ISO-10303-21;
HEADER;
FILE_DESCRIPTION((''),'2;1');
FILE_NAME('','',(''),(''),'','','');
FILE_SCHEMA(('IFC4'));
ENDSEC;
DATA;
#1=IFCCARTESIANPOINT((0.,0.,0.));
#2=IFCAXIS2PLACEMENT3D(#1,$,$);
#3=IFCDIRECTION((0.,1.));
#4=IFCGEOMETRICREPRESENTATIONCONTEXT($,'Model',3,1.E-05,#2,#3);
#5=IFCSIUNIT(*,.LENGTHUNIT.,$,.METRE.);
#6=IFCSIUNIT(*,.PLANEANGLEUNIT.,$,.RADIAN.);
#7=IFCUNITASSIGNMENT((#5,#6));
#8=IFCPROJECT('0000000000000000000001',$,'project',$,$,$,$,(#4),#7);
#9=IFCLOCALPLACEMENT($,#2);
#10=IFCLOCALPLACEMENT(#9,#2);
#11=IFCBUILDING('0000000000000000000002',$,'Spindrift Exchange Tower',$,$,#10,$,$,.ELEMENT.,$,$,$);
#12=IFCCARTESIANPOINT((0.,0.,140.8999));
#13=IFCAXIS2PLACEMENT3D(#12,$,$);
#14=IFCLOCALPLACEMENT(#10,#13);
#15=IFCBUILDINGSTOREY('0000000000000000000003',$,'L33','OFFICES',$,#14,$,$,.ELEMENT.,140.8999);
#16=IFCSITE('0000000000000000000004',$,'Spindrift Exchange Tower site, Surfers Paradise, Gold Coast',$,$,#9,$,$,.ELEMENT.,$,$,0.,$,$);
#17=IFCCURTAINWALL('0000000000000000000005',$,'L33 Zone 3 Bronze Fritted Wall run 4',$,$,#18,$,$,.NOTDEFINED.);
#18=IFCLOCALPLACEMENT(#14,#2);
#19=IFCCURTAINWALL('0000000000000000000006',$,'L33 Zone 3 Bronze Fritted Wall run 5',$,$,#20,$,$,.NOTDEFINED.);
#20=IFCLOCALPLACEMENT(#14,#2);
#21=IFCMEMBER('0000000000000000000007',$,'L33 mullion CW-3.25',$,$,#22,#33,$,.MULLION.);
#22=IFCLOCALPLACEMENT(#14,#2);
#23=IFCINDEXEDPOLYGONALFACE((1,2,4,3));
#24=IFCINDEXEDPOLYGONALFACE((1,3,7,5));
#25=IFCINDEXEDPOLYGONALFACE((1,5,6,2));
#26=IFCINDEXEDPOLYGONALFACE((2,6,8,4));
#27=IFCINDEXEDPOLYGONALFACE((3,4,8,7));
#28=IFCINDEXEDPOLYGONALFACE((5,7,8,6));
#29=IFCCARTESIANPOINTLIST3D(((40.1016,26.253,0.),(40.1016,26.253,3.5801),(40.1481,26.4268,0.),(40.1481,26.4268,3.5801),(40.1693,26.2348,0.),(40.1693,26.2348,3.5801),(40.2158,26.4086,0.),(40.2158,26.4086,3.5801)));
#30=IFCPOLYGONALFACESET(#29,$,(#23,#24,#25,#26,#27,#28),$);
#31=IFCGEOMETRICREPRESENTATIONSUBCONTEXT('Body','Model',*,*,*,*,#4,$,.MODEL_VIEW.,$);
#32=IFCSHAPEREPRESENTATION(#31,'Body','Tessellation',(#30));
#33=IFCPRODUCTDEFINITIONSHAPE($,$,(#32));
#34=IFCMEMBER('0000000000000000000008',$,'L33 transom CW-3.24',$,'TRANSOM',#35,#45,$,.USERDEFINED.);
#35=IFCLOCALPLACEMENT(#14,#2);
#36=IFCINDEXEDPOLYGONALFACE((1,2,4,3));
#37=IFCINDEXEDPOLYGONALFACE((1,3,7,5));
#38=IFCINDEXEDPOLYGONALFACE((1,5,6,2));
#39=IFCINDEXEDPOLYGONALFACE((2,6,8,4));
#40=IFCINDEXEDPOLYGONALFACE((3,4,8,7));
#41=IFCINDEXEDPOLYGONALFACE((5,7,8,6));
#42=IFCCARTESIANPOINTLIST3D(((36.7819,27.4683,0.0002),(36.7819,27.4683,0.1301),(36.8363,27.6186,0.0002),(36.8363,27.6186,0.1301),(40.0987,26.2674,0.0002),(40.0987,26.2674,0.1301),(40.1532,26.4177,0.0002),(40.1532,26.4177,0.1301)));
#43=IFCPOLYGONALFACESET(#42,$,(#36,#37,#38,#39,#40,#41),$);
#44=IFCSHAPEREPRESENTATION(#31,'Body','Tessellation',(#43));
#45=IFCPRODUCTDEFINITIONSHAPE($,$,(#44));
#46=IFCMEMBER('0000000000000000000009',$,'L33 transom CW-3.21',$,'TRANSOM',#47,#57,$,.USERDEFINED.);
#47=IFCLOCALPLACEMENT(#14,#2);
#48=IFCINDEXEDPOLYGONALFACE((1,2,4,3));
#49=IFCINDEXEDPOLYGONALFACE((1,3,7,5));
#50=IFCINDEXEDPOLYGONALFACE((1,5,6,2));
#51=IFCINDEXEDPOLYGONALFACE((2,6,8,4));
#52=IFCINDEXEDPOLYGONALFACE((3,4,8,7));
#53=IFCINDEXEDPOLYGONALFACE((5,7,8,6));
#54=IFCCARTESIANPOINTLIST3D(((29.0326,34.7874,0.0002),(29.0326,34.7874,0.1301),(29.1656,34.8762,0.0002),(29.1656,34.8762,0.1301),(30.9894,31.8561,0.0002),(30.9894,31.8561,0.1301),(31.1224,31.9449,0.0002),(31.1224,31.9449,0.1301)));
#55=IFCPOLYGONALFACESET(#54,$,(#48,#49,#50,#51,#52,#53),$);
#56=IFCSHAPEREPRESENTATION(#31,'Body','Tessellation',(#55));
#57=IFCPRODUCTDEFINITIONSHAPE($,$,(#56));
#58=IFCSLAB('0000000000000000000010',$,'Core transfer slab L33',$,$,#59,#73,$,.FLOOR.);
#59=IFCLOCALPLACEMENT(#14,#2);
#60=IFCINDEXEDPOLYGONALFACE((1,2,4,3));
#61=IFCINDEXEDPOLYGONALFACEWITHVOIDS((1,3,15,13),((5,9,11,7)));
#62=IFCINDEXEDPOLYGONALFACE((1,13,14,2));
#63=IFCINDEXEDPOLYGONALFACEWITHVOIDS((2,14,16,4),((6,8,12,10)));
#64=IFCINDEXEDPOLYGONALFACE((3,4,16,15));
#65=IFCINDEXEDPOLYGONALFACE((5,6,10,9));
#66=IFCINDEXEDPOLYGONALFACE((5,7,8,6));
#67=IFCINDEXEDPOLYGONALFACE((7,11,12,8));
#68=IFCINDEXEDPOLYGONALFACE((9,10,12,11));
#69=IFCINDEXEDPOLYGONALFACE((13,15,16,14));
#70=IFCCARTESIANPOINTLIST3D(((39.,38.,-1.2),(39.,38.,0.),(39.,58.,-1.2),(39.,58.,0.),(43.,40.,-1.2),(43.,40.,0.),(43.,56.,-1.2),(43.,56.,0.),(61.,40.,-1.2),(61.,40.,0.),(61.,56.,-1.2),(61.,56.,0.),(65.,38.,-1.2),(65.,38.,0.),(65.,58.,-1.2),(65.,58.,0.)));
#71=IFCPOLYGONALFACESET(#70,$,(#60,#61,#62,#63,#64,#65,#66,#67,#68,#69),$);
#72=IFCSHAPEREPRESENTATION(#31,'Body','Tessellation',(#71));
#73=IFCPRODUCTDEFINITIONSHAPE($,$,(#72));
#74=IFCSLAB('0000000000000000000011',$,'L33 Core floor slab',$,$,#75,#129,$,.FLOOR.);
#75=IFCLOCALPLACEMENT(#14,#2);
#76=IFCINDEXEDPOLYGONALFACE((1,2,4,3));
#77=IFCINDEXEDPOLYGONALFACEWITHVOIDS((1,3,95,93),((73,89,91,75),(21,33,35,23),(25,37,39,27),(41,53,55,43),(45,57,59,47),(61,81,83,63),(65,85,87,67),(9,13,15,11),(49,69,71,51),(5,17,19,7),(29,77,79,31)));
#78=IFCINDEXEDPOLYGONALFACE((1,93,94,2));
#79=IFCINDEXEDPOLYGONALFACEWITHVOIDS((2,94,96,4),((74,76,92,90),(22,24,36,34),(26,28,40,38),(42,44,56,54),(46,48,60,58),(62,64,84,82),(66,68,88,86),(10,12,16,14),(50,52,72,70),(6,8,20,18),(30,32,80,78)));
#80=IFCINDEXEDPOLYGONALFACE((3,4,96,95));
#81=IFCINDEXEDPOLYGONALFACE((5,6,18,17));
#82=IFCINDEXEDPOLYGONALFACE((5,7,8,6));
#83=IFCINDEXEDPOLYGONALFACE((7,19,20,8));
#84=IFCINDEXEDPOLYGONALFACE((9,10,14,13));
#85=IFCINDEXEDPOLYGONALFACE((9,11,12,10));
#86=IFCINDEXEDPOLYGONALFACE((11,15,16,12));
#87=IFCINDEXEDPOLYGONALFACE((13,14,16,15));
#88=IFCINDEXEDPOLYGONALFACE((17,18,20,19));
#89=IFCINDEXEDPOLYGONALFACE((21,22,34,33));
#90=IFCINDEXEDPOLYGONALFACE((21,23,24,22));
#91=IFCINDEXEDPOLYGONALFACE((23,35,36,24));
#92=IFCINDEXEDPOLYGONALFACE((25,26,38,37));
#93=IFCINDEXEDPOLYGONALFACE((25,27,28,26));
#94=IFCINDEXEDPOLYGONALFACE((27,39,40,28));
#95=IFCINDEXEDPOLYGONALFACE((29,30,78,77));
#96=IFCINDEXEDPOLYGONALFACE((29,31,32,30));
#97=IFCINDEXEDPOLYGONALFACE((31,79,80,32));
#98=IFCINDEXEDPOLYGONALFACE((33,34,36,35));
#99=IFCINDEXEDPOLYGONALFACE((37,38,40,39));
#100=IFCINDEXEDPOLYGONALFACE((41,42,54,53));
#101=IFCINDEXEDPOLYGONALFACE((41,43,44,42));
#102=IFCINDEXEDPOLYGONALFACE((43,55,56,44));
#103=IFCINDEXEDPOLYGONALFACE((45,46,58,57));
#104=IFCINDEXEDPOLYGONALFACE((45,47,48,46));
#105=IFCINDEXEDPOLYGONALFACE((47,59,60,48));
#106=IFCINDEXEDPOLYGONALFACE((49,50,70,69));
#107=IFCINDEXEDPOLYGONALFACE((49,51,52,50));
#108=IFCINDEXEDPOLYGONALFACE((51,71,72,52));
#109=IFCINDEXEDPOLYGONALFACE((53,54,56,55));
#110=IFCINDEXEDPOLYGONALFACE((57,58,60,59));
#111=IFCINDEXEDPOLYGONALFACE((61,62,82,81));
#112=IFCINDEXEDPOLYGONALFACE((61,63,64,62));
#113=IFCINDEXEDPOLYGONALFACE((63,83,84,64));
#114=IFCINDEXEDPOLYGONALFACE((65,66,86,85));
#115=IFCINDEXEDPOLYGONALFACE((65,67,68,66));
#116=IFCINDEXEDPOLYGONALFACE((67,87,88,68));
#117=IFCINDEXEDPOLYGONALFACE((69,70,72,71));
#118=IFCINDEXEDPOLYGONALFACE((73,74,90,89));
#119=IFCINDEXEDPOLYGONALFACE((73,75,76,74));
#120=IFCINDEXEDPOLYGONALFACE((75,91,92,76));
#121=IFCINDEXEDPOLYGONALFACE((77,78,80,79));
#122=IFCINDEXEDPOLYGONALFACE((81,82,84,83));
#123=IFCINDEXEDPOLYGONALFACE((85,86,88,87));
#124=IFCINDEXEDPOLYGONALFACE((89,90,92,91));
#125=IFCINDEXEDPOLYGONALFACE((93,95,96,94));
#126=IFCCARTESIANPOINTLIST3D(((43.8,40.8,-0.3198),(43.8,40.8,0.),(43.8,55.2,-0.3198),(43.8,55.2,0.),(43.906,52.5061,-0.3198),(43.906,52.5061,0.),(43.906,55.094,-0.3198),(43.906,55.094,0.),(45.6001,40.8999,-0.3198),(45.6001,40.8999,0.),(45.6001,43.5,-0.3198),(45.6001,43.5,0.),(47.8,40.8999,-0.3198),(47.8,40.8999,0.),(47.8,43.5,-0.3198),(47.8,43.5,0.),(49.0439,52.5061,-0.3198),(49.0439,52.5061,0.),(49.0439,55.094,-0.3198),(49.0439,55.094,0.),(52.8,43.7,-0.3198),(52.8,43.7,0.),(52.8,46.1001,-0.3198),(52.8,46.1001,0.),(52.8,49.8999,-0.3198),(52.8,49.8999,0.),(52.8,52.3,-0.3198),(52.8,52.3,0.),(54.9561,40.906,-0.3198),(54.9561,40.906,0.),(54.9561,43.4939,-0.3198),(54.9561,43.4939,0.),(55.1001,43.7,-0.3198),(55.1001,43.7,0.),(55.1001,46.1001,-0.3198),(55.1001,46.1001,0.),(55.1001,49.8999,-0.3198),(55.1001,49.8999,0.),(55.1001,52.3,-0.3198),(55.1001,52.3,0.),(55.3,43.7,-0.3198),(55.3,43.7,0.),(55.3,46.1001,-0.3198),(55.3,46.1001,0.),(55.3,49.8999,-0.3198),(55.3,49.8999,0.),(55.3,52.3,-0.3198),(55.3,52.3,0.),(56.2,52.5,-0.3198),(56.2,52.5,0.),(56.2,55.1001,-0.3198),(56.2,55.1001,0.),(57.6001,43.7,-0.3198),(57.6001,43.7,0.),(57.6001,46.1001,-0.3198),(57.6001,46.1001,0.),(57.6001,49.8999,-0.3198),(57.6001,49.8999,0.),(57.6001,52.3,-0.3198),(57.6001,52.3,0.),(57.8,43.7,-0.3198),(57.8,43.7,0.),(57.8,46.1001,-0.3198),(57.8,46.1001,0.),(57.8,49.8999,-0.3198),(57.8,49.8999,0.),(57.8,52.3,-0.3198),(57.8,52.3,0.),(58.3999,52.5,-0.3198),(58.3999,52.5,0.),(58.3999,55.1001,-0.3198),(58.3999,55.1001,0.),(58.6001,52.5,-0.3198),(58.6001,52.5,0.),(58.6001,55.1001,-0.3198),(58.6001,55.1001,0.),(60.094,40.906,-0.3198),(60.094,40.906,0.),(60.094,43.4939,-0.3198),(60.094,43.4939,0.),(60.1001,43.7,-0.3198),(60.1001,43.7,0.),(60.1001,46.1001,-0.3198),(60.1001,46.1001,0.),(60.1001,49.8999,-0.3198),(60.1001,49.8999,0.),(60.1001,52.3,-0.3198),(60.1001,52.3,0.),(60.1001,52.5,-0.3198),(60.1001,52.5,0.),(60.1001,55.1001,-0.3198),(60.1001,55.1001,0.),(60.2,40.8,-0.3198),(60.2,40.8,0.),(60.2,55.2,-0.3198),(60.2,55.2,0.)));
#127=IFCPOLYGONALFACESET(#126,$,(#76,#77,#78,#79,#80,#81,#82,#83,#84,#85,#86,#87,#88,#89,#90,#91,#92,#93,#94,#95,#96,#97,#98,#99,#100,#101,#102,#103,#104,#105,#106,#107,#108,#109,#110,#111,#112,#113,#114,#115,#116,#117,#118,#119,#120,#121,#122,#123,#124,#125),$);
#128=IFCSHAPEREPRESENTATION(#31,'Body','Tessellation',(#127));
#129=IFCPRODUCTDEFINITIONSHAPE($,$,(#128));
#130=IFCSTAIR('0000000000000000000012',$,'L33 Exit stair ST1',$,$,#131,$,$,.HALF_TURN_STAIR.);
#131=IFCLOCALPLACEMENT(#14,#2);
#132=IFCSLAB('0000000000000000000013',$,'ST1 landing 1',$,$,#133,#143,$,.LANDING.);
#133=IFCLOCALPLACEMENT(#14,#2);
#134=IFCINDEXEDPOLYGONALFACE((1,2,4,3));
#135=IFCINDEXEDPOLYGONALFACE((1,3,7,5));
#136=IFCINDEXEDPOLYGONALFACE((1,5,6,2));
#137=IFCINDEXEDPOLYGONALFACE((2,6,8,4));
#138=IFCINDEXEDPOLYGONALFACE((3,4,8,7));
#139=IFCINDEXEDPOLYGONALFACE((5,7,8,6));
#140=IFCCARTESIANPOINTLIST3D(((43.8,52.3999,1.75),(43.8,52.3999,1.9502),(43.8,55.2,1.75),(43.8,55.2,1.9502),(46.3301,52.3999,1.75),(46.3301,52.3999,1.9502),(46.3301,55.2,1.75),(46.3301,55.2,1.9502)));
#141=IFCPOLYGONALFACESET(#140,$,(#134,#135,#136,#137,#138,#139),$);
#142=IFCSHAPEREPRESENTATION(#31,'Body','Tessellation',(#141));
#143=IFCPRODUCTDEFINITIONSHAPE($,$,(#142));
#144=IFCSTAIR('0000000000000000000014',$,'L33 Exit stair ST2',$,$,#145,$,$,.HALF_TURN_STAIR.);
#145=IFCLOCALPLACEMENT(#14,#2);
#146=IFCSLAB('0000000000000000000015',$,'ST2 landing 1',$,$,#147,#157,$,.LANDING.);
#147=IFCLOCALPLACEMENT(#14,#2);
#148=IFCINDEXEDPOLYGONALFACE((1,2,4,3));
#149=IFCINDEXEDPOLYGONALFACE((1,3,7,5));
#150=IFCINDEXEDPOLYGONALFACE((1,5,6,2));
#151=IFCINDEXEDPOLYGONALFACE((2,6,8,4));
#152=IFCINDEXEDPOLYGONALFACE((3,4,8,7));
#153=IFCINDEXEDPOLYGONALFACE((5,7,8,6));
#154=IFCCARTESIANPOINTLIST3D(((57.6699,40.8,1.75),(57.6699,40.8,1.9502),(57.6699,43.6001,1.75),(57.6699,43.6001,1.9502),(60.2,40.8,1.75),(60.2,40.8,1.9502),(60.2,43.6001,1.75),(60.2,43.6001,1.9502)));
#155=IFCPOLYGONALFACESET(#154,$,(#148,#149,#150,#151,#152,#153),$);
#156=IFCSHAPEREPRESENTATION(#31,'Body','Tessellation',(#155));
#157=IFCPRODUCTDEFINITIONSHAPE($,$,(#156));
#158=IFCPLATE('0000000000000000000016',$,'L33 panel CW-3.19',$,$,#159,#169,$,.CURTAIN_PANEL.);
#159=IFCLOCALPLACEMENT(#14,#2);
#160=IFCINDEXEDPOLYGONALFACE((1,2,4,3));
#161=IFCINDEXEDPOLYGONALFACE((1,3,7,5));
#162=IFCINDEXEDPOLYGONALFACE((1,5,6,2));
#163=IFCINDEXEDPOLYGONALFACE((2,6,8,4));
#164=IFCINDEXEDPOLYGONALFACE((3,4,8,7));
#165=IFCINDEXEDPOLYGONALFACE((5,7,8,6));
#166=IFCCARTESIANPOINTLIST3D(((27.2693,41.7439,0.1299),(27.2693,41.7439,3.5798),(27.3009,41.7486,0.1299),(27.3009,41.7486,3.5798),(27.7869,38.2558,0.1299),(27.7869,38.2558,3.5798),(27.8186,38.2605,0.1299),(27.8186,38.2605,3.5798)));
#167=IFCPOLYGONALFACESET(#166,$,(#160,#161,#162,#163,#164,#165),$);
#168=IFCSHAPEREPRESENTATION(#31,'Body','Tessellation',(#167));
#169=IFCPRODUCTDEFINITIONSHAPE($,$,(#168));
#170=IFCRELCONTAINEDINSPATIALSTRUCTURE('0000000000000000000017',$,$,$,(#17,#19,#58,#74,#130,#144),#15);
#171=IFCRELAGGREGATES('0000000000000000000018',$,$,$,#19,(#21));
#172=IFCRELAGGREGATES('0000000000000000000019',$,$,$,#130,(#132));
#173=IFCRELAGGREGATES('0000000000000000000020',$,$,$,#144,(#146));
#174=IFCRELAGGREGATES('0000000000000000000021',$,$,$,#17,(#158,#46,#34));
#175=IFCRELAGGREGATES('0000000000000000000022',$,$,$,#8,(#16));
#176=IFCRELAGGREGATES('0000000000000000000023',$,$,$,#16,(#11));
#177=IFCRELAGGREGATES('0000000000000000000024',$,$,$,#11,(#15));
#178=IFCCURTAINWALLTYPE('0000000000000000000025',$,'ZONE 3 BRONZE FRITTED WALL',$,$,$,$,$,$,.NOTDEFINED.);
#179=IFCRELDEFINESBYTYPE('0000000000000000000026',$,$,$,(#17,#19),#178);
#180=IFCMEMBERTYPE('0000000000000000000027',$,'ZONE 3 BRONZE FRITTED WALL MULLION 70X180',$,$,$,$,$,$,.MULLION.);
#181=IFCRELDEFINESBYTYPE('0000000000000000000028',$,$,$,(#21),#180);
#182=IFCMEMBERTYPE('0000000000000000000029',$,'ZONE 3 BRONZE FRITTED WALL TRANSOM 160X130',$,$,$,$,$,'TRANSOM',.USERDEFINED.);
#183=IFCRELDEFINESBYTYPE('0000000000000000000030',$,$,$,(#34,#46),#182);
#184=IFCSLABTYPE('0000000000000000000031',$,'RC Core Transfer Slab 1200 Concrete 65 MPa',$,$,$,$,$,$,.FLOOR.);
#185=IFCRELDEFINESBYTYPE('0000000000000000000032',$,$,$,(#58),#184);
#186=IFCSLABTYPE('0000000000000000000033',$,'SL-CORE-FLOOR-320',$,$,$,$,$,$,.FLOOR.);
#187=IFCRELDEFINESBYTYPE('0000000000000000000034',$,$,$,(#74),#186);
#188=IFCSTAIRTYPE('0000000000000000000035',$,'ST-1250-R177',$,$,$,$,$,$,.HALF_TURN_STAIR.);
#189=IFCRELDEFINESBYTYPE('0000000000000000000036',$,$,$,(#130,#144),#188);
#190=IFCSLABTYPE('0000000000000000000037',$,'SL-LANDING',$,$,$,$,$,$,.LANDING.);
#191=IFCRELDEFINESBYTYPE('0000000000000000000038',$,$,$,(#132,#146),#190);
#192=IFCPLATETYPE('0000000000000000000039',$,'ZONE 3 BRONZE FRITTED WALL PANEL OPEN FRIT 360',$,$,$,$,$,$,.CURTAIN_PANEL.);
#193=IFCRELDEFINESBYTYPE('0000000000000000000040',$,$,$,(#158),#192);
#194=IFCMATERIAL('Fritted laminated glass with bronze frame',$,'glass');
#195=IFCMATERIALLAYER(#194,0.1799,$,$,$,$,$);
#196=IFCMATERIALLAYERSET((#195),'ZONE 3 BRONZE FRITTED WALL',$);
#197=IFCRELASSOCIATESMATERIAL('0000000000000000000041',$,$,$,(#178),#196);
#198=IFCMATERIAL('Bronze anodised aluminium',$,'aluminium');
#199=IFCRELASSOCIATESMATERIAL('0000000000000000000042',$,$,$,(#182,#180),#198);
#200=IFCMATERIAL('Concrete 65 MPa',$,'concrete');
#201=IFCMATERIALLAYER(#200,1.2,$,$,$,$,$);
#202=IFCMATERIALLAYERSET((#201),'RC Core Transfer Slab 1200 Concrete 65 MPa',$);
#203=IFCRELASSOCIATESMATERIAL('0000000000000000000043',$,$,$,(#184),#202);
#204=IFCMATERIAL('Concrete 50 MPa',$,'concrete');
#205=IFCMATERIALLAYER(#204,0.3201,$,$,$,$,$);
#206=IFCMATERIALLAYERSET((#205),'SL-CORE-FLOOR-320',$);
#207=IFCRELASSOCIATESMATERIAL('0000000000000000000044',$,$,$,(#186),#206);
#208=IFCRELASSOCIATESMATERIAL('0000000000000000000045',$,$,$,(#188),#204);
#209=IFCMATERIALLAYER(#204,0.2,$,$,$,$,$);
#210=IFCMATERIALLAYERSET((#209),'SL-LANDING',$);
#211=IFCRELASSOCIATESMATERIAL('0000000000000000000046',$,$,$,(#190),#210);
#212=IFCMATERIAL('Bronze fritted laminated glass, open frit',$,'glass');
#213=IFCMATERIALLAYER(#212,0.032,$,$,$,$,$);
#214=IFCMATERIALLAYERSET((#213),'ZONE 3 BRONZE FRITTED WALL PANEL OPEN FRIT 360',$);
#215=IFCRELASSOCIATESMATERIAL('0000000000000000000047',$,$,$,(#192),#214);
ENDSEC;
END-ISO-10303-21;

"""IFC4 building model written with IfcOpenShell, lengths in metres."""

from ifc_helpers import new_model, si_unit, direction, frame, origin, origin_2d, place, context, subcontext, project, spatial, line, indexed_curve, rectangle, outline, extrude, source, transform, mapped, material, layer, layer_set, material_profile, profile_set, type_object, element, aggregate, save


model = new_model("IFC4")

# Units and contexts
model_context = context("Model", 3, precision=1e-05, world=origin(), true_north=direction((0.0, 1.0)))
body_context = subcontext(model_context, "Body", "Model", "MODEL_VIEW")
ifc_project = project(units=[si_unit("LENGTHUNIT", "METRE"), si_unit("PLANEANGLEUNIT", "RADIAN")], contexts=[model_context])

# Site, building, storey
site_placement = place(None, origin())
site = spatial("IfcSite", under=ifc_project, at=site_placement, Name="Spindrift Exchange Tower site, Surfers Paradise, Gold Coast", CompositionType="ELEMENT", RefElevation=0.0)
building_placement = place(site_placement, origin())
building = spatial("IfcBuilding", under=site, at=building_placement, Name="Spindrift Exchange Tower", CompositionType="ELEMENT")
storey_placement = place(building_placement, frame((0.0, 0.0, 140.8999)))
storey = spatial("IfcBuildingStorey", under=building, at=storey_placement, Name="L33", Description="OFFICES", CompositionType="ELEMENT", Elevation=140.8999)

# Shared definitions
ifc_material_1 = material(Name="Concrete 50 MPa", Category="concrete")

# Curtain wall
ifc_material_2 = material(Name="Fritted laminated glass with bronze frame", Category="glass")
ifc_layer_1 = layer(ifc_material_2, 0.1799)
ifc_layer_set_1 = layer_set([ifc_layer_1], Name="ZONE 3 BRONZE FRITTED WALL")
curtain_wall_type = type_object("IfcCurtainWallType", Name="ZONE 3 BRONZE FRITTED WALL", PredefinedType="NOTDEFINED", material=ifc_layer_set_1)
curtain_wall_1_placement = place(storey_placement, origin())
curtain_wall_1 = element("IfcCurtainWall", 1, at=curtain_wall_1_placement, inside=storey, type_object=curtain_wall_type, Name="L33 Zone 3 Bronze Fritted Wall run 4", PredefinedType="NOTDEFINED")
ifc_material_3 = material(Name="Bronze anodised aluminium", Category="aluminium")
ifc_material_profile_1 = material_profile(ifc_material_3, rectangle(XDim=0.1599, YDim=0.1299, at=origin_2d()), Name="ZONE 3 BRONZE FRITTED WALL TRANSOM 160X130")
ifc_profile_set_1 = profile_set([ifc_material_profile_1], Name="Bronze anodised aluminium")
member_type_1 = type_object("IfcMemberType", Name="ZONE 3 BRONZE FRITTED WALL TRANSOM 160X130", ElementType="TRANSOM", PredefinedType="USERDEFINED", material=ifc_profile_set_1)
ifc_material_profile_2 = material_profile(ifc_material_3, rectangle(XDim=0.0701, YDim=0.1799, at=origin_2d()), Name="ZONE 3 BRONZE FRITTED WALL MULLION 70X180")
ifc_profile_set_2 = profile_set([ifc_material_profile_2], Name="Bronze anodised aluminium")
member_type_2 = type_object("IfcMemberType", Name="ZONE 3 BRONZE FRITTED WALL MULLION 70X180", PredefinedType="MULLION", material=ifc_profile_set_2)
shared_shape_1 = source(origin(), body_context, "Body", "SweptSolid", [
    extrude(rectangle(XDim=0.0701, YDim=0.1799, at=origin_2d()), origin(), (0.0, 0.0, 1.0), 3.5801),
])

# Curtain wall, member
curtain_wall_2_placement = place(storey_placement, origin())
curtain_wall_2 = element("IfcCurtainWall", 2, at=curtain_wall_2_placement, inside=storey, type_object=curtain_wall_type, Name="L33 Zone 3 Bronze Fritted Wall run 5", PredefinedType="NOTDEFINED")
member_1_placement = place(storey_placement, frame((40.1587, 26.3308, 0.0), z_axis=(0.0, 0.0, 1.0), x_axis=(0.965948, -0.258735, 0.0)))
member_1 = element("IfcMember", 3, at=member_1_placement, type_object=member_type_2, Name="L33 mullion CW-3.25", PredefinedType="MULLION", context=body_context, shape_type="MappedRepresentation", body=[
    mapped(shared_shape_1, transform((0.0, 0.0, 0.0), scale=1.0)),
])
aggregate(curtain_wall_2, [member_1])

# Members
shared_shape_2 = source(origin(), body_context, "Body", "SweptSolid", [
    extrude(rectangle(XDim=0.1599, YDim=0.1299, at=origin_2d()), origin(), (0.0, 0.0, 1.0), 3.5276),
])
member_2_placement = place(storey_placement, frame((36.8091, 27.5435, 0.0652), z_axis=(0.940267, -0.340437, 0.0), x_axis=(0.340437, 0.940267, 0.0)))
member_2 = element("IfcMember", 4, at=member_2_placement, type_object=member_type_1, Name="L33 transom CW-3.24", ObjectType="TRANSOM", PredefinedType="USERDEFINED", context=body_context, shape_type="MappedRepresentation", body=[
    mapped(shared_shape_2, transform((0.0, 0.0, 0.0), scale=1.0)),
])
shared_shape_3 = source(origin(), body_context, "Body", "SweptSolid", [
    extrude(rectangle(XDim=0.1599, YDim=0.1299, at=origin_2d()), origin(), (0.0, 0.0, 1.0), 3.5244),
])
member_3_placement = place(storey_placement, frame((29.0991, 34.8318, 0.0652), z_axis=(0.555196, -0.83172, 0.0), x_axis=(0.83172, 0.555196, 0.0)))
member_3 = element("IfcMember", 5, at=member_3_placement, type_object=member_type_1, Name="L33 transom CW-3.21", ObjectType="TRANSOM", PredefinedType="USERDEFINED", context=body_context, shape_type="MappedRepresentation", body=[
    mapped(shared_shape_3, transform((0.0, 0.0, 0.0), scale=1.0)),
])

# Slabs
ifc_material_4 = material(Name="Concrete 65 MPa", Category="concrete")
ifc_layer_2 = layer(ifc_material_4, 1.2)
ifc_layer_set_2 = layer_set([ifc_layer_2], Name="RC Core Transfer Slab 1200 Concrete 65 MPa")
slab_type_1 = type_object("IfcSlabType", Name="RC Core Transfer Slab 1200 Concrete 65 MPa", PredefinedType="FLOOR", material=ifc_layer_set_2)
slab_1_placement = place(storey_placement, frame((0.0, 0.0, -1.2)))
element("IfcSlab", 6, at=slab_1_placement, inside=storey, type_object=slab_type_1, Name="Core transfer slab L33", PredefinedType="FLOOR", context=body_context, shape_type="SweptSolid", body=[
    extrude(outline(indexed_curve([(39.0, 38.0), (65.0, 38.0), (65.0, 58.0), (39.0, 58.0)], segments=[line(1, 2, 3, 4, 1)], self_intersect=False), holes=[indexed_curve([(43.0, 40.0), (61.0, 40.0), (61.0, 56.0), (43.0, 56.0)], segments=[line(1, 2, 3, 4, 1)], self_intersect=False)]), origin(), (0.0, 0.0, 1.0), 1.2),
])
ifc_layer_3 = layer(ifc_material_1, 0.3201)
ifc_layer_set_3 = layer_set([ifc_layer_3], Name="SL-CORE-FLOOR-320")
slab_type_2 = type_object("IfcSlabType", Name="SL-CORE-FLOOR-320", PredefinedType="FLOOR", material=ifc_layer_set_3)
slab_2_placement = place(storey_placement, frame((0.0, 0.0, -0.3198)))
element("IfcSlab", 7, at=slab_2_placement, inside=storey, type_object=slab_type_2, Name="L33 Core floor slab", PredefinedType="FLOOR", context=body_context, shape_type="SweptSolid", body=[
    extrude(outline(indexed_curve([(43.8, 40.8), (43.8, 55.2), (60.2, 55.2), (60.2, 40.8)], segments=[line(1, 2, 3, 4, 1)], self_intersect=False), holes=[indexed_curve([(45.6001, 43.5), (45.6001, 40.8999), (47.8, 40.8999), (47.8, 43.5)], segments=[line(1, 2, 3, 4, 1)], self_intersect=False), indexed_curve([(52.8, 46.1001), (52.8, 43.7), (55.1001, 43.7), (55.1001, 46.1001)], segments=[line(1, 2, 3, 4, 1)], self_intersect=False), indexed_curve([(55.3, 46.1001), (55.3, 43.7), (57.6001, 43.7), (57.6001, 46.1001)], segments=[line(1, 2, 3, 4, 1)], self_intersect=False), indexed_curve([(55.1001, 52.3), (52.8, 52.3), (52.8, 49.8999), (55.1001, 49.8999)], segments=[line(1, 2, 3, 4, 1)], self_intersect=False), indexed_curve([(57.6001, 52.3), (55.3, 52.3), (55.3, 49.8999), (57.6001, 49.8999)], segments=[line(1, 2, 3, 4, 1)], self_intersect=False), indexed_curve([(43.906, 52.5061), (49.0439, 52.5061), (49.0439, 55.094), (43.906, 55.094)], segments=[line(1, 2, 3, 4, 1)], self_intersect=False), indexed_curve([(60.094, 40.906), (60.094, 43.4939), (54.9561, 43.4939), (54.9561, 40.906)], segments=[line(1, 2, 3, 4, 1)], self_intersect=False), indexed_curve([(60.1001, 46.1001), (57.8, 46.1001), (57.8, 43.7), (60.1001, 43.7)], segments=[line(1, 2, 3, 4, 1)], self_intersect=False), indexed_curve([(57.8, 52.3), (57.8, 49.8999), (60.1001, 49.8999), (60.1001, 52.3)], segments=[line(1, 2, 3, 4, 1)], self_intersect=False), indexed_curve([(58.3999, 55.1001), (56.2, 55.1001), (56.2, 52.5), (58.3999, 52.5)], segments=[line(1, 2, 3, 4, 1)], self_intersect=False), indexed_curve([(60.1001, 55.1001), (58.6001, 55.1001), (58.6001, 52.5), (60.1001, 52.5)], segments=[line(1, 2, 3, 4, 1)], self_intersect=False)]), origin(), (0.0, 0.0, 1.0), 0.3198),
])

# Stairs, slabs
stair_type = type_object("IfcStairType", Name="ST-1250-R177", PredefinedType="HALF_TURN_STAIR", material=ifc_material_1)
stair_1_placement = place(storey_placement, origin())
stair_1 = element("IfcStair", 8, at=stair_1_placement, inside=storey, type_object=stair_type, Name="L33 Exit stair ST1", PredefinedType="HALF_TURN_STAIR")
ifc_layer_4 = layer(ifc_material_1, 0.2)
ifc_layer_set_4 = layer_set([ifc_layer_4], Name="SL-LANDING")
slab_type_3 = type_object("IfcSlabType", Name="SL-LANDING", PredefinedType="LANDING", material=ifc_layer_set_4)
slab_3_placement = place(storey_placement, frame((0.0, 0.0, 1.75)))
slab_3 = element("IfcSlab", 9, at=slab_3_placement, type_object=slab_type_3, Name="ST1 landing 1", PredefinedType="LANDING", context=body_context, shape_type="SweptSolid", body=[
    extrude(outline(indexed_curve([(46.3301, 52.3999), (43.8, 52.3999), (43.8, 55.2), (46.3301, 55.2)], segments=[line(1, 2, 3, 4, 1)], self_intersect=False)), origin(), (0.0, 0.0, 1.0), 0.2002),
])
aggregate(stair_1, [slab_3])
stair_2_placement = place(storey_placement, origin())
stair_2 = element("IfcStair", 10, at=stair_2_placement, inside=storey, type_object=stair_type, Name="L33 Exit stair ST2", PredefinedType="HALF_TURN_STAIR")
slab_4_placement = place(storey_placement, frame((0.0, 0.0, 1.75)))
slab_4 = element("IfcSlab", 11, at=slab_4_placement, type_object=slab_type_3, Name="ST2 landing 1", PredefinedType="LANDING", context=body_context, shape_type="SweptSolid", body=[
    extrude(outline(indexed_curve([(57.6699, 43.6001), (60.2, 43.6001), (60.2, 40.8), (57.6699, 40.8)], segments=[line(1, 2, 3, 4, 1)], self_intersect=False)), origin(), (0.0, 0.0, 1.0), 0.2002),
])
aggregate(stair_2, [slab_4])

# Plate
ifc_material_5 = material(Name="Bronze fritted laminated glass, open frit", Category="glass")
ifc_layer_5 = layer(ifc_material_5, 0.032)
ifc_layer_set_5 = layer_set([ifc_layer_5], Name="ZONE 3 BRONZE FRITTED WALL PANEL OPEN FRIT 360")
plate_type_1 = type_object("IfcPlateType", Name="ZONE 3 BRONZE FRITTED WALL PANEL OPEN FRIT 360", PredefinedType="CURTAIN_PANEL", material=ifc_layer_set_5)
shared_shape_4 = source(origin(), body_context, "Body", "SweptSolid", [
    extrude(rectangle(XDim=3.5264, YDim=0.032, at=origin_2d()), origin(), (0.0, 0.0, 1.0), 3.45),
])
plate_1_placement = place(storey_placement, frame((27.5439, 40.0022, 0.1299), z_axis=(0.0, 0.0, 1.0), x_axis=(0.146791, -0.989168, 0.0)))
plate_1 = element("IfcPlate", 12, at=plate_1_placement, type_object=plate_type_1, Name="L33 panel CW-3.19", PredefinedType="CURTAIN_PANEL", context=body_context, shape_type="MappedRepresentation", body=[
    mapped(shared_shape_4, transform((0.0, 0.0, 0.0), scale=1.0)),
])

aggregate(curtain_wall_1, [plate_1, member_3, member_2])

save(model, "model.ifc")
